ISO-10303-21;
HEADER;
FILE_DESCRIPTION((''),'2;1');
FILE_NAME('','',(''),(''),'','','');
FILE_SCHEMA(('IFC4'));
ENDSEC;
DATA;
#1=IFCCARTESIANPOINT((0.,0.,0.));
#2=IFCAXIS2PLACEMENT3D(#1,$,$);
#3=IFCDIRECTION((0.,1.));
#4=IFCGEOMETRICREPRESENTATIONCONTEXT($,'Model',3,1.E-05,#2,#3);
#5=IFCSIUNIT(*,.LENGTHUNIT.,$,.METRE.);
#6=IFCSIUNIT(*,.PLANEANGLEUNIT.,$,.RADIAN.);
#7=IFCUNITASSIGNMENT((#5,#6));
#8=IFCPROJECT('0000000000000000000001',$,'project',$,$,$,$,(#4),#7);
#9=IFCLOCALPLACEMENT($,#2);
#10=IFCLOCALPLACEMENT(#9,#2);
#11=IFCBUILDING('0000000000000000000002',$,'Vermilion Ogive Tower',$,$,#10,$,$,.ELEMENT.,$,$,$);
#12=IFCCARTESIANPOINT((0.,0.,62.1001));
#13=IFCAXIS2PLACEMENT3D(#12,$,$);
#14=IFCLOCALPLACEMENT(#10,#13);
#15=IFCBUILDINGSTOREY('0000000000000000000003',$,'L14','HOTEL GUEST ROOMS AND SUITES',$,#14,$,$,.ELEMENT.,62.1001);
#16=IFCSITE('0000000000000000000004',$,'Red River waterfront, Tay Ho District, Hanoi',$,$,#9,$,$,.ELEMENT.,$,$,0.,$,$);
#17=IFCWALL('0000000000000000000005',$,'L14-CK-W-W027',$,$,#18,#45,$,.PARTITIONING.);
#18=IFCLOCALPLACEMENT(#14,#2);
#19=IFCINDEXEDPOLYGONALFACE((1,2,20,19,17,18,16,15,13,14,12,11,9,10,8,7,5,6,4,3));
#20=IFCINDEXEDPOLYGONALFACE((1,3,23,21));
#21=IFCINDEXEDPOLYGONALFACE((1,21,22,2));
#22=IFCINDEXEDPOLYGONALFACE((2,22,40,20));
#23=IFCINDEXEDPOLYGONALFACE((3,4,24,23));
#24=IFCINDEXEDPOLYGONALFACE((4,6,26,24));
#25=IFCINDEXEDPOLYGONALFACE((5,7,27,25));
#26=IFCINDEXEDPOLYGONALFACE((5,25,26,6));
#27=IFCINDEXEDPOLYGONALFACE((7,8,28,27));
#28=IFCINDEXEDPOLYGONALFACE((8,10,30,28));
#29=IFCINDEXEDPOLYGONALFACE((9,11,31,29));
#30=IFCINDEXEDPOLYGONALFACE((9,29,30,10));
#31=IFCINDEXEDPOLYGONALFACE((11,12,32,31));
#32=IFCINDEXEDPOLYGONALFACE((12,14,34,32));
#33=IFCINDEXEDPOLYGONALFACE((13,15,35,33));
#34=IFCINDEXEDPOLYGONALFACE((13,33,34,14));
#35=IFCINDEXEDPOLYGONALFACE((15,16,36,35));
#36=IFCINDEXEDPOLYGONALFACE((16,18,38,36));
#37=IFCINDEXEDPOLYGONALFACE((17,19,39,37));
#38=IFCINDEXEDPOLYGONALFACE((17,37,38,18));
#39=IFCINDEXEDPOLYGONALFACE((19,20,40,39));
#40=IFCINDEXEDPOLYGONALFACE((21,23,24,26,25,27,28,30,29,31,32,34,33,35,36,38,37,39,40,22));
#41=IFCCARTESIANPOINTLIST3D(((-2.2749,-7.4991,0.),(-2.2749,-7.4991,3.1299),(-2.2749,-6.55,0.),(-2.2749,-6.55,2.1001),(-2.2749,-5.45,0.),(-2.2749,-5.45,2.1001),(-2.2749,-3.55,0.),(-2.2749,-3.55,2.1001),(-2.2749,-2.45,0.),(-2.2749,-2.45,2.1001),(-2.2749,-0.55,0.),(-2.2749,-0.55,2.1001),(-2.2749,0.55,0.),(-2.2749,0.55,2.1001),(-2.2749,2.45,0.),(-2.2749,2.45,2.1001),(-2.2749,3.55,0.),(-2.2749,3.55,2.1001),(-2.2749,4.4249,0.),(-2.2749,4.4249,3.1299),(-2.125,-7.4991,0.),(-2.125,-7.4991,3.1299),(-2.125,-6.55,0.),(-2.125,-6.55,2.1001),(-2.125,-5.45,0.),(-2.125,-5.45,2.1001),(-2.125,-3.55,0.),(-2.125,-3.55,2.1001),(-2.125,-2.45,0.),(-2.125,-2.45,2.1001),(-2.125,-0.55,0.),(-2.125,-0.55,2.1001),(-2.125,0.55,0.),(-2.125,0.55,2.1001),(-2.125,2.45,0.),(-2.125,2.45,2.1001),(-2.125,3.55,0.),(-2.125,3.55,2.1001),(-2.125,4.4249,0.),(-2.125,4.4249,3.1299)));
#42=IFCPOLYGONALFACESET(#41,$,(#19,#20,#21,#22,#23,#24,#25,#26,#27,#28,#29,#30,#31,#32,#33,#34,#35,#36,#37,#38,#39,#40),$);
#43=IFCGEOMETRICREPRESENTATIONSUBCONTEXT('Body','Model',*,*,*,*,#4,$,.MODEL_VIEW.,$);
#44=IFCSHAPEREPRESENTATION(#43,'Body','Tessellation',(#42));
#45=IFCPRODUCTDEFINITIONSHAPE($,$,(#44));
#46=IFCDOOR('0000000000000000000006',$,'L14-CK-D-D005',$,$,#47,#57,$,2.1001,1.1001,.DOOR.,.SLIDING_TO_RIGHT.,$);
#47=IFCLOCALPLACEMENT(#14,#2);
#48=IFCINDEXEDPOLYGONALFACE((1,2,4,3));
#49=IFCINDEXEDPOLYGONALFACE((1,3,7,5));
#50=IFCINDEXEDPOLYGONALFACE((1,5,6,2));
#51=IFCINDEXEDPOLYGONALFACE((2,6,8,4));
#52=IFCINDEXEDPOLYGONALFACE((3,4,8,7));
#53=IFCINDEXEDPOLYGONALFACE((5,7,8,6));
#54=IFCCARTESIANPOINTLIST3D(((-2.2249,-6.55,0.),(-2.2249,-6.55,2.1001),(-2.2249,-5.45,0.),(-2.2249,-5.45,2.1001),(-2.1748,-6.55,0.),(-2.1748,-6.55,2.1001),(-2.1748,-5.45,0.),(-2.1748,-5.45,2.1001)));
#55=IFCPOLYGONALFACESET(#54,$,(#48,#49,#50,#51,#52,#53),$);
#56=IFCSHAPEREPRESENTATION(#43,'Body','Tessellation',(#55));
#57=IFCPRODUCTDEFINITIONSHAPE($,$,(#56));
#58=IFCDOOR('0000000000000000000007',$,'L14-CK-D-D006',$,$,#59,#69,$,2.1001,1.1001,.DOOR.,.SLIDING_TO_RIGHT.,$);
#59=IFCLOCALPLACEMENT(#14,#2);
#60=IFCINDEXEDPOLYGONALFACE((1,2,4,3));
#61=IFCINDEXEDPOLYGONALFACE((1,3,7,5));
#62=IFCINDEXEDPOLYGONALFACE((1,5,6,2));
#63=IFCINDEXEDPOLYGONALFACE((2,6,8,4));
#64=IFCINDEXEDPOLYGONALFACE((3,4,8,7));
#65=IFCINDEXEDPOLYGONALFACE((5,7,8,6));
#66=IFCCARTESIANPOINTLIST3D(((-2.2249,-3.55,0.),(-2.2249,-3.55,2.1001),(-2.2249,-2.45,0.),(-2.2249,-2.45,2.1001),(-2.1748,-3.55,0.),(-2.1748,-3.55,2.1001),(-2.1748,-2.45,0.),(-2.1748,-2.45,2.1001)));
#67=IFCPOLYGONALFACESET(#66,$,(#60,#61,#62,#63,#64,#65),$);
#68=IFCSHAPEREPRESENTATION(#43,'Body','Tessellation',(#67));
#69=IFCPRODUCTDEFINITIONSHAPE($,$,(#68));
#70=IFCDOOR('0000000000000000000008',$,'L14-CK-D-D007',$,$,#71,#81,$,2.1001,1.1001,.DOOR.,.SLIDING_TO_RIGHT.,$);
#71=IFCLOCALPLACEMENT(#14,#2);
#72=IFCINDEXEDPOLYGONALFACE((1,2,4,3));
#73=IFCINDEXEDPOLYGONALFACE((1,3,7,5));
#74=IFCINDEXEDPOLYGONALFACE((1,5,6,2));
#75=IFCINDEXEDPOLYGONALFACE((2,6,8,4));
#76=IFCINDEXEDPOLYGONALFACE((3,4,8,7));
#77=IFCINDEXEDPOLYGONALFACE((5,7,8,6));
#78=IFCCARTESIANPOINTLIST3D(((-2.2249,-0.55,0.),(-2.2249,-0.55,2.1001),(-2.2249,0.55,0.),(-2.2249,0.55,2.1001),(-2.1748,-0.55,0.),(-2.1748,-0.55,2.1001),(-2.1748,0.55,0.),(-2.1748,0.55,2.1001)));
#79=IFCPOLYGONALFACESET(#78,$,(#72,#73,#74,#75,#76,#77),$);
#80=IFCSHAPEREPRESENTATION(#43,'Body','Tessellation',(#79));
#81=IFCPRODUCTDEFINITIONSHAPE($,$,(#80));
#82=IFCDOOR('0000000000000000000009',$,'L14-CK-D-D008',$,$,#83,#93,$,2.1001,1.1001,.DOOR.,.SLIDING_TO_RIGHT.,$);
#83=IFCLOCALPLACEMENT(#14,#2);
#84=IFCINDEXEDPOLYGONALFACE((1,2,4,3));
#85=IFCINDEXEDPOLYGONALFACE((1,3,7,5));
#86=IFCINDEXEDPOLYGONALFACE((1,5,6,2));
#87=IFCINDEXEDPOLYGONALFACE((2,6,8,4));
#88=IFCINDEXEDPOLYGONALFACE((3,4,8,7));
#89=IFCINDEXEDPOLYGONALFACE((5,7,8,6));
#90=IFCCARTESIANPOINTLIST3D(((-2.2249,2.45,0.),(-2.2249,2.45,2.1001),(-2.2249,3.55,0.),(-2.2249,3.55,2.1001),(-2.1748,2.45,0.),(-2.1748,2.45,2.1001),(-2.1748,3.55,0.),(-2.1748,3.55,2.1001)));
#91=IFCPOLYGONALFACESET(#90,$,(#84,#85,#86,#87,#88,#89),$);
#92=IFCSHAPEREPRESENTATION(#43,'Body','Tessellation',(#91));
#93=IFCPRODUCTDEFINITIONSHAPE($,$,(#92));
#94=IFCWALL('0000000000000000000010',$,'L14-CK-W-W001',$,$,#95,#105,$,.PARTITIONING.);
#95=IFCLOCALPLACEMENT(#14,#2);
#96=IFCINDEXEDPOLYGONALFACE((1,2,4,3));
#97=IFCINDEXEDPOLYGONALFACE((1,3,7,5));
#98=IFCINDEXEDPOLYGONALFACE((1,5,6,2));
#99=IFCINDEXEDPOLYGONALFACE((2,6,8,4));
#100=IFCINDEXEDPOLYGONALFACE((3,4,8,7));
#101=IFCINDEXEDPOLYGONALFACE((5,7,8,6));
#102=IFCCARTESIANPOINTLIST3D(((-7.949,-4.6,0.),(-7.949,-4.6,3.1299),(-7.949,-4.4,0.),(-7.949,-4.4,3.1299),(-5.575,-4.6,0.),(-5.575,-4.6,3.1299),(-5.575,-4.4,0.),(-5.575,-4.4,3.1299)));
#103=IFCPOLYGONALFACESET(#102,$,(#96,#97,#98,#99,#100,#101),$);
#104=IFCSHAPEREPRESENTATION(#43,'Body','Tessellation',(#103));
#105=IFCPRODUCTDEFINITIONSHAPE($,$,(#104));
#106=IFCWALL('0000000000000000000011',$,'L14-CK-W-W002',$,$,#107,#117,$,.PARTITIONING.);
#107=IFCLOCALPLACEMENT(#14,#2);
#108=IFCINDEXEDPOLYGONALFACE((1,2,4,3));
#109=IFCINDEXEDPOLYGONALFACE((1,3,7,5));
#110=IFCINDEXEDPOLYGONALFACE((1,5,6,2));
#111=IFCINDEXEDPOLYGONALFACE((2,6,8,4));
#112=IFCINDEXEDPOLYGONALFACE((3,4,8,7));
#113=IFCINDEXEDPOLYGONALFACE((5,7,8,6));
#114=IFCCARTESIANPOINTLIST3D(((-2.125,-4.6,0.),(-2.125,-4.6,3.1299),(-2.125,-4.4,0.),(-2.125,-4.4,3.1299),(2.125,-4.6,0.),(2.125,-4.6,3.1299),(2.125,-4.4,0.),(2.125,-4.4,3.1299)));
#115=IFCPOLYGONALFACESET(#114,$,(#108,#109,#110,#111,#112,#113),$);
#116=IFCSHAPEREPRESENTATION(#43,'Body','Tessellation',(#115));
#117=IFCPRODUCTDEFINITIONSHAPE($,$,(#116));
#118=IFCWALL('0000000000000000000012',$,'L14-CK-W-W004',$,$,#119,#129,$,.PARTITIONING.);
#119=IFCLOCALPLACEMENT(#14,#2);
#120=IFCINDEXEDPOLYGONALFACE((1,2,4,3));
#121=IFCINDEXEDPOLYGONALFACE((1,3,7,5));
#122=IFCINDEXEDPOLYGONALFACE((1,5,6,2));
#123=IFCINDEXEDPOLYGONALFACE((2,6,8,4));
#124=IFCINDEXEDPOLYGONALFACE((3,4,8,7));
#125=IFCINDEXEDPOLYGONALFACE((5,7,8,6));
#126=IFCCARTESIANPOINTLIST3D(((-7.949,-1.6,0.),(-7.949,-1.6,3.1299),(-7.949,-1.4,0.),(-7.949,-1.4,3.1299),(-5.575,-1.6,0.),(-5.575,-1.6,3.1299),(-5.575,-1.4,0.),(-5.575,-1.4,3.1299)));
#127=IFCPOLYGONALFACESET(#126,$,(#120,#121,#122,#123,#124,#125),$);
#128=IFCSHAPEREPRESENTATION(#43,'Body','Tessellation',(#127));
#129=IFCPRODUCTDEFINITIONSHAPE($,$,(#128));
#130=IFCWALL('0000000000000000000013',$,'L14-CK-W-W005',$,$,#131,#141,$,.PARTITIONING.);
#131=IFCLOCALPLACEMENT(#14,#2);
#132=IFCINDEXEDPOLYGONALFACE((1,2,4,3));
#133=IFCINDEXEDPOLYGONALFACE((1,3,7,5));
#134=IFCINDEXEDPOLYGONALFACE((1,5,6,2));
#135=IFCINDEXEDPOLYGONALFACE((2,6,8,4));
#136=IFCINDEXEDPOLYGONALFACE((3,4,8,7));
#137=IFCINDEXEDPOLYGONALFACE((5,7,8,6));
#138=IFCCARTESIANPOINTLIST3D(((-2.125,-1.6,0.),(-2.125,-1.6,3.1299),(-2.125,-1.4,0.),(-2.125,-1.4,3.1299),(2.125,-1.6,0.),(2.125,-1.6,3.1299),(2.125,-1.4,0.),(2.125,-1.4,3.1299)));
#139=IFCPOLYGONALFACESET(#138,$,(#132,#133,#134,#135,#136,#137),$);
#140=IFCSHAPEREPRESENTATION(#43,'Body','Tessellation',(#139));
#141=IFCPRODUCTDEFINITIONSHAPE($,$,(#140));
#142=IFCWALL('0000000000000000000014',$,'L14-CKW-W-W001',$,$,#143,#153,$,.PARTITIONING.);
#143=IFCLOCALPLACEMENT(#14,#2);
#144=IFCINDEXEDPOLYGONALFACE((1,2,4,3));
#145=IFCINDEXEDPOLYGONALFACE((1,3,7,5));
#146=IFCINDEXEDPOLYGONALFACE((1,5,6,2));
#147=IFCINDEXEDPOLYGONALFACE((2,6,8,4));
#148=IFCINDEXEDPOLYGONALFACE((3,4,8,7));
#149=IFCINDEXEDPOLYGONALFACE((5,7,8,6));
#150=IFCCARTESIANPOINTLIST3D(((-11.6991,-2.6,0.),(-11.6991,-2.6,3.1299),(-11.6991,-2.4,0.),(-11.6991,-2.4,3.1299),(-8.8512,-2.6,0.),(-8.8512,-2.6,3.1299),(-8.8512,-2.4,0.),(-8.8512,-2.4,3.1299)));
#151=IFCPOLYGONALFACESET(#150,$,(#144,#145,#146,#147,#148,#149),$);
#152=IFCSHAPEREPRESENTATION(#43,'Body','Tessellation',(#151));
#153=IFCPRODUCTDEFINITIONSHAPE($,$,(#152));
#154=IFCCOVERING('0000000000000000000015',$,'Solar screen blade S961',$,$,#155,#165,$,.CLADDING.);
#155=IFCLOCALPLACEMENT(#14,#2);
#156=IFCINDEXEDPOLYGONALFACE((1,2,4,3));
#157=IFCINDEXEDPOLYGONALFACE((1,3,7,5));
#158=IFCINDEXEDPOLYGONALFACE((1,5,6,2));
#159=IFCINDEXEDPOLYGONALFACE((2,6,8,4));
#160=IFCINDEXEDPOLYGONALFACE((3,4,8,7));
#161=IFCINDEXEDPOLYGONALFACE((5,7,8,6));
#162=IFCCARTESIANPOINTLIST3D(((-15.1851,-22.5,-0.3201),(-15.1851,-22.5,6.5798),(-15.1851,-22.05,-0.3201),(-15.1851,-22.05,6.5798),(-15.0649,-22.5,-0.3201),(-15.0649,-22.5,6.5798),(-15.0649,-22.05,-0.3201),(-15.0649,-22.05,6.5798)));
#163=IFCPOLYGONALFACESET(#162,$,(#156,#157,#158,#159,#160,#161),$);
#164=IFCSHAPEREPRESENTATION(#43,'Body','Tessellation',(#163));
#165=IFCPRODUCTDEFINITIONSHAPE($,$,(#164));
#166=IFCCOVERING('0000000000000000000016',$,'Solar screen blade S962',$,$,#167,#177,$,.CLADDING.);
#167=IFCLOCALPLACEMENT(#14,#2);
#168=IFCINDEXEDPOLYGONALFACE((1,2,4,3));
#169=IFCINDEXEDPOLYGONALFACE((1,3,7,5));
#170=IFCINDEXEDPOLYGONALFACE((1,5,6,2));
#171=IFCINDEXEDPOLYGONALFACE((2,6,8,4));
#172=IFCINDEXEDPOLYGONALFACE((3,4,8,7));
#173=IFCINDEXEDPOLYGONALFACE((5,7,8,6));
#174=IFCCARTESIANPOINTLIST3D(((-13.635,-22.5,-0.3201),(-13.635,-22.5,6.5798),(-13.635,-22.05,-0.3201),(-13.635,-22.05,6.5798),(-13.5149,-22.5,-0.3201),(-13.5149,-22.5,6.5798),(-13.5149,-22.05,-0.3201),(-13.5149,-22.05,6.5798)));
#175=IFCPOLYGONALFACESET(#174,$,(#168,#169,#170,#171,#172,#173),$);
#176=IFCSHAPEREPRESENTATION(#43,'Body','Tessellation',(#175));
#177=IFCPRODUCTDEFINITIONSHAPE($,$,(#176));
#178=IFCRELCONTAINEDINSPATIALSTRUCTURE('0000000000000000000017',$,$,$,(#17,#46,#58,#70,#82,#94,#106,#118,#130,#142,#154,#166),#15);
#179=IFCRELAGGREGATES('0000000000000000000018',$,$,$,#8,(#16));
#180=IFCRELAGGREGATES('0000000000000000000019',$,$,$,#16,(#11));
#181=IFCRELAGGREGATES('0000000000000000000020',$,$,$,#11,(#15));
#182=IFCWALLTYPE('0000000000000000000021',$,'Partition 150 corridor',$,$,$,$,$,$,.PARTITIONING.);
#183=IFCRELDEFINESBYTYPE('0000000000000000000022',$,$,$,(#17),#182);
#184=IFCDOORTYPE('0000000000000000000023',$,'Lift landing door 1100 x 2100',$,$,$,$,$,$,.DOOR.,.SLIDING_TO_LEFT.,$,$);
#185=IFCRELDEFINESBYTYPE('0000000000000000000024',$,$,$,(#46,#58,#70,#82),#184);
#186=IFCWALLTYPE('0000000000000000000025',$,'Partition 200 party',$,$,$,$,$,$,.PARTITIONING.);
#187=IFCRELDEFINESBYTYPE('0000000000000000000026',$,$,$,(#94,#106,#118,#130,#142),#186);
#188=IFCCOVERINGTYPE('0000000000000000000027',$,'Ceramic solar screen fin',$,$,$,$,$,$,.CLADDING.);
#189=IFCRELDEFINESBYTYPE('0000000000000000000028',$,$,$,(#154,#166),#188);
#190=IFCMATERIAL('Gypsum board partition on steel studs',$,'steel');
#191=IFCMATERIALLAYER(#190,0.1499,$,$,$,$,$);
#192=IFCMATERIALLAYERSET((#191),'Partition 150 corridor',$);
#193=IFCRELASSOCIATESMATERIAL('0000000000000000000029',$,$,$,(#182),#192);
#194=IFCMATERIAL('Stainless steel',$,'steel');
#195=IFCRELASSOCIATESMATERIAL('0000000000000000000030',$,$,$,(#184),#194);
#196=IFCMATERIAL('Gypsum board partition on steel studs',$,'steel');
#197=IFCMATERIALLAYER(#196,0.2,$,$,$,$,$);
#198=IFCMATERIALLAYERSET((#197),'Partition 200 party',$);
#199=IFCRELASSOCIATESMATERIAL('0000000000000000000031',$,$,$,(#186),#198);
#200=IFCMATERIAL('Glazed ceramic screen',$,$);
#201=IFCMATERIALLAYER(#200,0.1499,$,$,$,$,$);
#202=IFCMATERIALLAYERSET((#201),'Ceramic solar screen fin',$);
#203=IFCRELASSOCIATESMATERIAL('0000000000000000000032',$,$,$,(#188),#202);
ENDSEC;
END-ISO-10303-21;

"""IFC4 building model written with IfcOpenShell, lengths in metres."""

from ifc_helpers import new_model, si_unit, direction, frame, frame_2d, origin, place, context, subcontext, project, spatial, polyline, rectangle, outline, extrude, material, layer, layer_set, type_object, element, fill, save


model = new_model("IFC4")

# Units and contexts
model_context = context("Model", 3, precision=1e-05, world=origin(), true_north=direction((0.0, 1.0)))
body_context = subcontext(model_context, "Body", "Model", "MODEL_VIEW")
ifc_project = project(units=[si_unit("LENGTHUNIT", "METRE"), si_unit("PLANEANGLEUNIT", "RADIAN")], contexts=[model_context])

# Site, building, storey
site_placement = place(None, origin())
site = spatial("IfcSite", under=ifc_project, at=site_placement, Name="Red River waterfront, Tay Ho District, Hanoi", CompositionType="ELEMENT", RefElevation=0.0)
building_placement = place(site_placement, origin())
building = spatial("IfcBuilding", under=site, at=building_placement, Name="Vermilion Ogive Tower", CompositionType="ELEMENT")
storey_placement = place(building_placement, frame((0.0, 0.0, 62.1001)))
storey = spatial("IfcBuildingStorey", under=building, at=storey_placement, Name="L14", Description="HOTEL GUEST ROOMS AND SUITES", CompositionType="ELEMENT", Elevation=62.1001)

# Wall, openings, doors
ifc_material_1 = material(Name="Gypsum board partition on steel studs", Category="steel")
ifc_layer_1 = layer(ifc_material_1, 0.1499)
ifc_layer_set_1 = layer_set([ifc_layer_1], Name="Partition 150 corridor")
wall_type_1 = type_object("IfcWallType", Name="Partition 150 corridor", PredefinedType="PARTITIONING", material=ifc_layer_set_1)
wall_1_placement = place(storey_placement, frame((-2.2, -7.499, 0.0), z_axis=(0.0, 0.0, 1.0), x_axis=(0.0, 1.0, 0.0)))
wall_1 = element("IfcWall", 1, at=wall_1_placement, inside=storey, type_object=wall_type_1, Name="L14-CK-W-W027", PredefinedType="PARTITIONING", context=body_context, shape_type="SweptSolid", body=[
    extrude(rectangle(XDim=11.9241, YDim=0.1499, at=frame_2d((5.9619, 0.0))), origin(), (0.0, 0.0, 1.0), 3.1299),
])
opening_1_placement = place(wall_1_placement, frame((0.949, 0.0, 0.0)))
opening_1 = element("IfcOpeningElement", 2, at=opening_1_placement, cuts=wall_1, PredefinedType="OPENING", context=body_context, shape_type="SweptSolid", body=[
    extrude(rectangle(XDim=1.1001, YDim=2.1001, at=frame_2d((0.55, 1.05))), frame((0.0, 0.085, 0.0), z_axis=(0.0, -1.0, 0.0), x_axis=(1.0, 0.0, 0.0)), (0.0, 0.0, 1.0), 0.1699),
])
opening_2_placement = place(wall_1_placement, frame((3.949, 0.0, 0.0)))
opening_2 = element("IfcOpeningElement", 3, at=opening_2_placement, cuts=wall_1, PredefinedType="OPENING", context=body_context, shape_type="SweptSolid", body=[
    extrude(rectangle(XDim=1.1001, YDim=2.1001, at=frame_2d((0.55, 1.05))), frame((0.0, 0.085, 0.0), z_axis=(0.0, -1.0, 0.0), x_axis=(1.0, 0.0, 0.0)), (0.0, 0.0, 1.0), 0.1699),
])
opening_3_placement = place(wall_1_placement, frame((6.949, 0.0, 0.0)))
opening_3 = element("IfcOpeningElement", 4, at=opening_3_placement, cuts=wall_1, PredefinedType="OPENING", context=body_context, shape_type="SweptSolid", body=[
    extrude(rectangle(XDim=1.1001, YDim=2.1001, at=frame_2d((0.55, 1.05))), frame((0.0, 0.085, 0.0), z_axis=(0.0, -1.0, 0.0), x_axis=(1.0, 0.0, 0.0)), (0.0, 0.0, 1.0), 0.1699),
])
opening_4_placement = place(wall_1_placement, frame((9.949, 0.0, 0.0)))
opening_4 = element("IfcOpeningElement", 5, at=opening_4_placement, cuts=wall_1, PredefinedType="OPENING", context=body_context, shape_type="SweptSolid", body=[
    extrude(rectangle(XDim=1.1001, YDim=2.1001, at=frame_2d((0.55, 1.05))), frame((0.0, 0.085, 0.0), z_axis=(0.0, -1.0, 0.0), x_axis=(1.0, 0.0, 0.0)), (0.0, 0.0, 1.0), 0.1699),
])
ifc_material_2 = material(Name="Stainless steel", Category="steel")
door_type = type_object("IfcDoorType", Name="Lift landing door 1100 x 2100", OperationType="SLIDING_TO_LEFT", PredefinedType="DOOR", material=ifc_material_2)
door_1_placement = place(opening_1_placement, origin())
door_1 = element("IfcDoor", 6, at=door_1_placement, inside=storey, type_object=door_type, Name="L14-CK-D-D005", OperationType="SLIDING_TO_RIGHT", OverallHeight=2.1001, OverallWidth=1.1001, PredefinedType="DOOR", context=body_context, shape_type="SweptSolid", body=[
    extrude(rectangle(XDim=1.1001, YDim=2.1001, at=frame_2d((0.55, 1.05))), frame((0.0, 0.0249, 0.0), z_axis=(0.0, -1.0, 0.0), x_axis=(1.0, 0.0, 0.0)), (0.0, 0.0, 1.0), 0.05),
])
fill(opening_1, door_1)
door_2_placement = place(opening_2_placement, origin())
door_2 = element("IfcDoor", 7, at=door_2_placement, inside=storey, type_object=door_type, Name="L14-CK-D-D006", OperationType="SLIDING_TO_RIGHT", OverallHeight=2.1001, OverallWidth=1.1001, PredefinedType="DOOR", context=body_context, shape_type="SweptSolid", body=[
    extrude(rectangle(XDim=1.1001, YDim=2.1001, at=frame_2d((0.55, 1.05))), frame((0.0, 0.0249, 0.0), z_axis=(0.0, -1.0, 0.0), x_axis=(1.0, 0.0, 0.0)), (0.0, 0.0, 1.0), 0.05),
])
fill(opening_2, door_2)
door_3_placement = place(opening_3_placement, origin())
door_3 = element("IfcDoor", 8, at=door_3_placement, inside=storey, type_object=door_type, Name="L14-CK-D-D007", OperationType="SLIDING_TO_RIGHT", OverallHeight=2.1001, OverallWidth=1.1001, PredefinedType="DOOR", context=body_context, shape_type="SweptSolid", body=[
    extrude(rectangle(XDim=1.1001, YDim=2.1001, at=frame_2d((0.55, 1.05))), frame((0.0, 0.0249, 0.0), z_axis=(0.0, -1.0, 0.0), x_axis=(1.0, 0.0, 0.0)), (0.0, 0.0, 1.0), 0.05),
])
fill(opening_3, door_3)
door_4_placement = place(opening_4_placement, origin())
door_4 = element("IfcDoor", 9, at=door_4_placement, inside=storey, type_object=door_type, Name="L14-CK-D-D008", OperationType="SLIDING_TO_RIGHT", OverallHeight=2.1001, OverallWidth=1.1001, PredefinedType="DOOR", context=body_context, shape_type="SweptSolid", body=[
    extrude(rectangle(XDim=1.1001, YDim=2.1001, at=frame_2d((0.55, 1.05))), frame((0.0, 0.0249, 0.0), z_axis=(0.0, -1.0, 0.0), x_axis=(1.0, 0.0, 0.0)), (0.0, 0.0, 1.0), 0.05),
])
fill(opening_4, door_4)

# Walls
ifc_material_3 = material(Name="Gypsum board partition on steel studs", Category="steel")
ifc_layer_2 = layer(ifc_material_3, 0.2)
ifc_layer_set_2 = layer_set([ifc_layer_2], Name="Partition 200 party")
wall_type_2 = type_object("IfcWallType", Name="Partition 200 party", PredefinedType="PARTITIONING", material=ifc_layer_set_2)
wall_2_placement = place(storey_placement, frame((-7.949, -4.5, 0.0), z_axis=(0.0, 0.0, 1.0), x_axis=(1.0, 0.0, 0.0)))
element("IfcWall", 10, at=wall_2_placement, inside=storey, type_object=wall_type_2, Name="L14-CK-W-W001", PredefinedType="PARTITIONING", context=body_context, shape_type="SweptSolid", body=[
    extrude(rectangle(XDim=2.374, YDim=0.2, at=frame_2d((1.187, 0.0))), origin(), (0.0, 0.0, 1.0), 3.1299),
])
wall_3_placement = place(storey_placement, frame((-2.125, -4.5, 0.0), z_axis=(0.0, 0.0, 1.0), x_axis=(1.0, 0.0, 0.0)))
element("IfcWall", 11, at=wall_3_placement, inside=storey, type_object=wall_type_2, Name="L14-CK-W-W002", PredefinedType="PARTITIONING", context=body_context, shape_type="SweptSolid", body=[
    extrude(rectangle(XDim=4.25, YDim=0.2, at=frame_2d((2.125, 0.0))), origin(), (0.0, 0.0, 1.0), 3.1299),
])
wall_4_placement = place(storey_placement, frame((-7.949, -1.5, 0.0), z_axis=(0.0, 0.0, 1.0), x_axis=(1.0, 0.0, 0.0)))
element("IfcWall", 12, at=wall_4_placement, inside=storey, type_object=wall_type_2, Name="L14-CK-W-W004", PredefinedType="PARTITIONING", context=body_context, shape_type="SweptSolid", body=[
    extrude(rectangle(XDim=2.374, YDim=0.2, at=frame_2d((1.187, 0.0))), origin(), (0.0, 0.0, 1.0), 3.1299),
])
wall_5_placement = place(storey_placement, frame((-2.125, -1.5, 0.0), z_axis=(0.0, 0.0, 1.0), x_axis=(1.0, 0.0, 0.0)))
element("IfcWall", 13, at=wall_5_placement, inside=storey, type_object=wall_type_2, Name="L14-CK-W-W005", PredefinedType="PARTITIONING", context=body_context, shape_type="SweptSolid", body=[
    extrude(rectangle(XDim=4.25, YDim=0.2, at=frame_2d((2.125, 0.0))), origin(), (0.0, 0.0, 1.0), 3.1299),
])
wall_6_placement = place(storey_placement, frame((-11.699, -2.5, 0.0), z_axis=(0.0, 0.0, 1.0), x_axis=(1.0, 0.0, 0.0)))
element("IfcWall", 14, at=wall_6_placement, inside=storey, type_object=wall_type_2, Name="L14-CKW-W-W001", PredefinedType="PARTITIONING", context=body_context, shape_type="SweptSolid", body=[
    extrude(rectangle(XDim=2.8479, YDim=0.2, at=frame_2d((1.4238, 0.0))), origin(), (0.0, 0.0, 1.0), 3.1299),
])

# Coverings
ifc_material_4 = material(Name="Glazed ceramic screen")
ifc_layer_3 = layer(ifc_material_4, 0.1499)
ifc_layer_set_3 = layer_set([ifc_layer_3], Name="Ceramic solar screen fin")
covering_type = type_object("IfcCoveringType", Name="Ceramic solar screen fin", PredefinedType="CLADDING", material=ifc_layer_set_3)
covering_1_placement = place(storey_placement, frame((0.0, 0.0, -0.3201)))
element("IfcCovering", 15, at=covering_1_placement, inside=storey, type_object=covering_type, Name="Solar screen blade S961", PredefinedType="CLADDING", context=body_context, shape_type="SweptSolid", body=[
    extrude(outline(polyline([(-15.1851, -22.5), (-15.0649, -22.5), (-15.0649, -22.05), (-15.1851, -22.05), (-15.1851, -22.5)])), origin(), (0.0, 0.0, 1.0), 6.8999),
])
covering_2_placement = place(storey_placement, frame((0.0, 0.0, -0.3201)))
element("IfcCovering", 16, at=covering_2_placement, inside=storey, type_object=covering_type, Name="Solar screen blade S962", PredefinedType="CLADDING", context=body_context, shape_type="SweptSolid", body=[
    extrude(outline(polyline([(-13.635, -22.5), (-13.5149, -22.5), (-13.5149, -22.05), (-13.635, -22.05), (-13.635, -22.5)])), origin(), (0.0, 0.0, 1.0), 6.8999),
])

save(model, "model.ifc")
